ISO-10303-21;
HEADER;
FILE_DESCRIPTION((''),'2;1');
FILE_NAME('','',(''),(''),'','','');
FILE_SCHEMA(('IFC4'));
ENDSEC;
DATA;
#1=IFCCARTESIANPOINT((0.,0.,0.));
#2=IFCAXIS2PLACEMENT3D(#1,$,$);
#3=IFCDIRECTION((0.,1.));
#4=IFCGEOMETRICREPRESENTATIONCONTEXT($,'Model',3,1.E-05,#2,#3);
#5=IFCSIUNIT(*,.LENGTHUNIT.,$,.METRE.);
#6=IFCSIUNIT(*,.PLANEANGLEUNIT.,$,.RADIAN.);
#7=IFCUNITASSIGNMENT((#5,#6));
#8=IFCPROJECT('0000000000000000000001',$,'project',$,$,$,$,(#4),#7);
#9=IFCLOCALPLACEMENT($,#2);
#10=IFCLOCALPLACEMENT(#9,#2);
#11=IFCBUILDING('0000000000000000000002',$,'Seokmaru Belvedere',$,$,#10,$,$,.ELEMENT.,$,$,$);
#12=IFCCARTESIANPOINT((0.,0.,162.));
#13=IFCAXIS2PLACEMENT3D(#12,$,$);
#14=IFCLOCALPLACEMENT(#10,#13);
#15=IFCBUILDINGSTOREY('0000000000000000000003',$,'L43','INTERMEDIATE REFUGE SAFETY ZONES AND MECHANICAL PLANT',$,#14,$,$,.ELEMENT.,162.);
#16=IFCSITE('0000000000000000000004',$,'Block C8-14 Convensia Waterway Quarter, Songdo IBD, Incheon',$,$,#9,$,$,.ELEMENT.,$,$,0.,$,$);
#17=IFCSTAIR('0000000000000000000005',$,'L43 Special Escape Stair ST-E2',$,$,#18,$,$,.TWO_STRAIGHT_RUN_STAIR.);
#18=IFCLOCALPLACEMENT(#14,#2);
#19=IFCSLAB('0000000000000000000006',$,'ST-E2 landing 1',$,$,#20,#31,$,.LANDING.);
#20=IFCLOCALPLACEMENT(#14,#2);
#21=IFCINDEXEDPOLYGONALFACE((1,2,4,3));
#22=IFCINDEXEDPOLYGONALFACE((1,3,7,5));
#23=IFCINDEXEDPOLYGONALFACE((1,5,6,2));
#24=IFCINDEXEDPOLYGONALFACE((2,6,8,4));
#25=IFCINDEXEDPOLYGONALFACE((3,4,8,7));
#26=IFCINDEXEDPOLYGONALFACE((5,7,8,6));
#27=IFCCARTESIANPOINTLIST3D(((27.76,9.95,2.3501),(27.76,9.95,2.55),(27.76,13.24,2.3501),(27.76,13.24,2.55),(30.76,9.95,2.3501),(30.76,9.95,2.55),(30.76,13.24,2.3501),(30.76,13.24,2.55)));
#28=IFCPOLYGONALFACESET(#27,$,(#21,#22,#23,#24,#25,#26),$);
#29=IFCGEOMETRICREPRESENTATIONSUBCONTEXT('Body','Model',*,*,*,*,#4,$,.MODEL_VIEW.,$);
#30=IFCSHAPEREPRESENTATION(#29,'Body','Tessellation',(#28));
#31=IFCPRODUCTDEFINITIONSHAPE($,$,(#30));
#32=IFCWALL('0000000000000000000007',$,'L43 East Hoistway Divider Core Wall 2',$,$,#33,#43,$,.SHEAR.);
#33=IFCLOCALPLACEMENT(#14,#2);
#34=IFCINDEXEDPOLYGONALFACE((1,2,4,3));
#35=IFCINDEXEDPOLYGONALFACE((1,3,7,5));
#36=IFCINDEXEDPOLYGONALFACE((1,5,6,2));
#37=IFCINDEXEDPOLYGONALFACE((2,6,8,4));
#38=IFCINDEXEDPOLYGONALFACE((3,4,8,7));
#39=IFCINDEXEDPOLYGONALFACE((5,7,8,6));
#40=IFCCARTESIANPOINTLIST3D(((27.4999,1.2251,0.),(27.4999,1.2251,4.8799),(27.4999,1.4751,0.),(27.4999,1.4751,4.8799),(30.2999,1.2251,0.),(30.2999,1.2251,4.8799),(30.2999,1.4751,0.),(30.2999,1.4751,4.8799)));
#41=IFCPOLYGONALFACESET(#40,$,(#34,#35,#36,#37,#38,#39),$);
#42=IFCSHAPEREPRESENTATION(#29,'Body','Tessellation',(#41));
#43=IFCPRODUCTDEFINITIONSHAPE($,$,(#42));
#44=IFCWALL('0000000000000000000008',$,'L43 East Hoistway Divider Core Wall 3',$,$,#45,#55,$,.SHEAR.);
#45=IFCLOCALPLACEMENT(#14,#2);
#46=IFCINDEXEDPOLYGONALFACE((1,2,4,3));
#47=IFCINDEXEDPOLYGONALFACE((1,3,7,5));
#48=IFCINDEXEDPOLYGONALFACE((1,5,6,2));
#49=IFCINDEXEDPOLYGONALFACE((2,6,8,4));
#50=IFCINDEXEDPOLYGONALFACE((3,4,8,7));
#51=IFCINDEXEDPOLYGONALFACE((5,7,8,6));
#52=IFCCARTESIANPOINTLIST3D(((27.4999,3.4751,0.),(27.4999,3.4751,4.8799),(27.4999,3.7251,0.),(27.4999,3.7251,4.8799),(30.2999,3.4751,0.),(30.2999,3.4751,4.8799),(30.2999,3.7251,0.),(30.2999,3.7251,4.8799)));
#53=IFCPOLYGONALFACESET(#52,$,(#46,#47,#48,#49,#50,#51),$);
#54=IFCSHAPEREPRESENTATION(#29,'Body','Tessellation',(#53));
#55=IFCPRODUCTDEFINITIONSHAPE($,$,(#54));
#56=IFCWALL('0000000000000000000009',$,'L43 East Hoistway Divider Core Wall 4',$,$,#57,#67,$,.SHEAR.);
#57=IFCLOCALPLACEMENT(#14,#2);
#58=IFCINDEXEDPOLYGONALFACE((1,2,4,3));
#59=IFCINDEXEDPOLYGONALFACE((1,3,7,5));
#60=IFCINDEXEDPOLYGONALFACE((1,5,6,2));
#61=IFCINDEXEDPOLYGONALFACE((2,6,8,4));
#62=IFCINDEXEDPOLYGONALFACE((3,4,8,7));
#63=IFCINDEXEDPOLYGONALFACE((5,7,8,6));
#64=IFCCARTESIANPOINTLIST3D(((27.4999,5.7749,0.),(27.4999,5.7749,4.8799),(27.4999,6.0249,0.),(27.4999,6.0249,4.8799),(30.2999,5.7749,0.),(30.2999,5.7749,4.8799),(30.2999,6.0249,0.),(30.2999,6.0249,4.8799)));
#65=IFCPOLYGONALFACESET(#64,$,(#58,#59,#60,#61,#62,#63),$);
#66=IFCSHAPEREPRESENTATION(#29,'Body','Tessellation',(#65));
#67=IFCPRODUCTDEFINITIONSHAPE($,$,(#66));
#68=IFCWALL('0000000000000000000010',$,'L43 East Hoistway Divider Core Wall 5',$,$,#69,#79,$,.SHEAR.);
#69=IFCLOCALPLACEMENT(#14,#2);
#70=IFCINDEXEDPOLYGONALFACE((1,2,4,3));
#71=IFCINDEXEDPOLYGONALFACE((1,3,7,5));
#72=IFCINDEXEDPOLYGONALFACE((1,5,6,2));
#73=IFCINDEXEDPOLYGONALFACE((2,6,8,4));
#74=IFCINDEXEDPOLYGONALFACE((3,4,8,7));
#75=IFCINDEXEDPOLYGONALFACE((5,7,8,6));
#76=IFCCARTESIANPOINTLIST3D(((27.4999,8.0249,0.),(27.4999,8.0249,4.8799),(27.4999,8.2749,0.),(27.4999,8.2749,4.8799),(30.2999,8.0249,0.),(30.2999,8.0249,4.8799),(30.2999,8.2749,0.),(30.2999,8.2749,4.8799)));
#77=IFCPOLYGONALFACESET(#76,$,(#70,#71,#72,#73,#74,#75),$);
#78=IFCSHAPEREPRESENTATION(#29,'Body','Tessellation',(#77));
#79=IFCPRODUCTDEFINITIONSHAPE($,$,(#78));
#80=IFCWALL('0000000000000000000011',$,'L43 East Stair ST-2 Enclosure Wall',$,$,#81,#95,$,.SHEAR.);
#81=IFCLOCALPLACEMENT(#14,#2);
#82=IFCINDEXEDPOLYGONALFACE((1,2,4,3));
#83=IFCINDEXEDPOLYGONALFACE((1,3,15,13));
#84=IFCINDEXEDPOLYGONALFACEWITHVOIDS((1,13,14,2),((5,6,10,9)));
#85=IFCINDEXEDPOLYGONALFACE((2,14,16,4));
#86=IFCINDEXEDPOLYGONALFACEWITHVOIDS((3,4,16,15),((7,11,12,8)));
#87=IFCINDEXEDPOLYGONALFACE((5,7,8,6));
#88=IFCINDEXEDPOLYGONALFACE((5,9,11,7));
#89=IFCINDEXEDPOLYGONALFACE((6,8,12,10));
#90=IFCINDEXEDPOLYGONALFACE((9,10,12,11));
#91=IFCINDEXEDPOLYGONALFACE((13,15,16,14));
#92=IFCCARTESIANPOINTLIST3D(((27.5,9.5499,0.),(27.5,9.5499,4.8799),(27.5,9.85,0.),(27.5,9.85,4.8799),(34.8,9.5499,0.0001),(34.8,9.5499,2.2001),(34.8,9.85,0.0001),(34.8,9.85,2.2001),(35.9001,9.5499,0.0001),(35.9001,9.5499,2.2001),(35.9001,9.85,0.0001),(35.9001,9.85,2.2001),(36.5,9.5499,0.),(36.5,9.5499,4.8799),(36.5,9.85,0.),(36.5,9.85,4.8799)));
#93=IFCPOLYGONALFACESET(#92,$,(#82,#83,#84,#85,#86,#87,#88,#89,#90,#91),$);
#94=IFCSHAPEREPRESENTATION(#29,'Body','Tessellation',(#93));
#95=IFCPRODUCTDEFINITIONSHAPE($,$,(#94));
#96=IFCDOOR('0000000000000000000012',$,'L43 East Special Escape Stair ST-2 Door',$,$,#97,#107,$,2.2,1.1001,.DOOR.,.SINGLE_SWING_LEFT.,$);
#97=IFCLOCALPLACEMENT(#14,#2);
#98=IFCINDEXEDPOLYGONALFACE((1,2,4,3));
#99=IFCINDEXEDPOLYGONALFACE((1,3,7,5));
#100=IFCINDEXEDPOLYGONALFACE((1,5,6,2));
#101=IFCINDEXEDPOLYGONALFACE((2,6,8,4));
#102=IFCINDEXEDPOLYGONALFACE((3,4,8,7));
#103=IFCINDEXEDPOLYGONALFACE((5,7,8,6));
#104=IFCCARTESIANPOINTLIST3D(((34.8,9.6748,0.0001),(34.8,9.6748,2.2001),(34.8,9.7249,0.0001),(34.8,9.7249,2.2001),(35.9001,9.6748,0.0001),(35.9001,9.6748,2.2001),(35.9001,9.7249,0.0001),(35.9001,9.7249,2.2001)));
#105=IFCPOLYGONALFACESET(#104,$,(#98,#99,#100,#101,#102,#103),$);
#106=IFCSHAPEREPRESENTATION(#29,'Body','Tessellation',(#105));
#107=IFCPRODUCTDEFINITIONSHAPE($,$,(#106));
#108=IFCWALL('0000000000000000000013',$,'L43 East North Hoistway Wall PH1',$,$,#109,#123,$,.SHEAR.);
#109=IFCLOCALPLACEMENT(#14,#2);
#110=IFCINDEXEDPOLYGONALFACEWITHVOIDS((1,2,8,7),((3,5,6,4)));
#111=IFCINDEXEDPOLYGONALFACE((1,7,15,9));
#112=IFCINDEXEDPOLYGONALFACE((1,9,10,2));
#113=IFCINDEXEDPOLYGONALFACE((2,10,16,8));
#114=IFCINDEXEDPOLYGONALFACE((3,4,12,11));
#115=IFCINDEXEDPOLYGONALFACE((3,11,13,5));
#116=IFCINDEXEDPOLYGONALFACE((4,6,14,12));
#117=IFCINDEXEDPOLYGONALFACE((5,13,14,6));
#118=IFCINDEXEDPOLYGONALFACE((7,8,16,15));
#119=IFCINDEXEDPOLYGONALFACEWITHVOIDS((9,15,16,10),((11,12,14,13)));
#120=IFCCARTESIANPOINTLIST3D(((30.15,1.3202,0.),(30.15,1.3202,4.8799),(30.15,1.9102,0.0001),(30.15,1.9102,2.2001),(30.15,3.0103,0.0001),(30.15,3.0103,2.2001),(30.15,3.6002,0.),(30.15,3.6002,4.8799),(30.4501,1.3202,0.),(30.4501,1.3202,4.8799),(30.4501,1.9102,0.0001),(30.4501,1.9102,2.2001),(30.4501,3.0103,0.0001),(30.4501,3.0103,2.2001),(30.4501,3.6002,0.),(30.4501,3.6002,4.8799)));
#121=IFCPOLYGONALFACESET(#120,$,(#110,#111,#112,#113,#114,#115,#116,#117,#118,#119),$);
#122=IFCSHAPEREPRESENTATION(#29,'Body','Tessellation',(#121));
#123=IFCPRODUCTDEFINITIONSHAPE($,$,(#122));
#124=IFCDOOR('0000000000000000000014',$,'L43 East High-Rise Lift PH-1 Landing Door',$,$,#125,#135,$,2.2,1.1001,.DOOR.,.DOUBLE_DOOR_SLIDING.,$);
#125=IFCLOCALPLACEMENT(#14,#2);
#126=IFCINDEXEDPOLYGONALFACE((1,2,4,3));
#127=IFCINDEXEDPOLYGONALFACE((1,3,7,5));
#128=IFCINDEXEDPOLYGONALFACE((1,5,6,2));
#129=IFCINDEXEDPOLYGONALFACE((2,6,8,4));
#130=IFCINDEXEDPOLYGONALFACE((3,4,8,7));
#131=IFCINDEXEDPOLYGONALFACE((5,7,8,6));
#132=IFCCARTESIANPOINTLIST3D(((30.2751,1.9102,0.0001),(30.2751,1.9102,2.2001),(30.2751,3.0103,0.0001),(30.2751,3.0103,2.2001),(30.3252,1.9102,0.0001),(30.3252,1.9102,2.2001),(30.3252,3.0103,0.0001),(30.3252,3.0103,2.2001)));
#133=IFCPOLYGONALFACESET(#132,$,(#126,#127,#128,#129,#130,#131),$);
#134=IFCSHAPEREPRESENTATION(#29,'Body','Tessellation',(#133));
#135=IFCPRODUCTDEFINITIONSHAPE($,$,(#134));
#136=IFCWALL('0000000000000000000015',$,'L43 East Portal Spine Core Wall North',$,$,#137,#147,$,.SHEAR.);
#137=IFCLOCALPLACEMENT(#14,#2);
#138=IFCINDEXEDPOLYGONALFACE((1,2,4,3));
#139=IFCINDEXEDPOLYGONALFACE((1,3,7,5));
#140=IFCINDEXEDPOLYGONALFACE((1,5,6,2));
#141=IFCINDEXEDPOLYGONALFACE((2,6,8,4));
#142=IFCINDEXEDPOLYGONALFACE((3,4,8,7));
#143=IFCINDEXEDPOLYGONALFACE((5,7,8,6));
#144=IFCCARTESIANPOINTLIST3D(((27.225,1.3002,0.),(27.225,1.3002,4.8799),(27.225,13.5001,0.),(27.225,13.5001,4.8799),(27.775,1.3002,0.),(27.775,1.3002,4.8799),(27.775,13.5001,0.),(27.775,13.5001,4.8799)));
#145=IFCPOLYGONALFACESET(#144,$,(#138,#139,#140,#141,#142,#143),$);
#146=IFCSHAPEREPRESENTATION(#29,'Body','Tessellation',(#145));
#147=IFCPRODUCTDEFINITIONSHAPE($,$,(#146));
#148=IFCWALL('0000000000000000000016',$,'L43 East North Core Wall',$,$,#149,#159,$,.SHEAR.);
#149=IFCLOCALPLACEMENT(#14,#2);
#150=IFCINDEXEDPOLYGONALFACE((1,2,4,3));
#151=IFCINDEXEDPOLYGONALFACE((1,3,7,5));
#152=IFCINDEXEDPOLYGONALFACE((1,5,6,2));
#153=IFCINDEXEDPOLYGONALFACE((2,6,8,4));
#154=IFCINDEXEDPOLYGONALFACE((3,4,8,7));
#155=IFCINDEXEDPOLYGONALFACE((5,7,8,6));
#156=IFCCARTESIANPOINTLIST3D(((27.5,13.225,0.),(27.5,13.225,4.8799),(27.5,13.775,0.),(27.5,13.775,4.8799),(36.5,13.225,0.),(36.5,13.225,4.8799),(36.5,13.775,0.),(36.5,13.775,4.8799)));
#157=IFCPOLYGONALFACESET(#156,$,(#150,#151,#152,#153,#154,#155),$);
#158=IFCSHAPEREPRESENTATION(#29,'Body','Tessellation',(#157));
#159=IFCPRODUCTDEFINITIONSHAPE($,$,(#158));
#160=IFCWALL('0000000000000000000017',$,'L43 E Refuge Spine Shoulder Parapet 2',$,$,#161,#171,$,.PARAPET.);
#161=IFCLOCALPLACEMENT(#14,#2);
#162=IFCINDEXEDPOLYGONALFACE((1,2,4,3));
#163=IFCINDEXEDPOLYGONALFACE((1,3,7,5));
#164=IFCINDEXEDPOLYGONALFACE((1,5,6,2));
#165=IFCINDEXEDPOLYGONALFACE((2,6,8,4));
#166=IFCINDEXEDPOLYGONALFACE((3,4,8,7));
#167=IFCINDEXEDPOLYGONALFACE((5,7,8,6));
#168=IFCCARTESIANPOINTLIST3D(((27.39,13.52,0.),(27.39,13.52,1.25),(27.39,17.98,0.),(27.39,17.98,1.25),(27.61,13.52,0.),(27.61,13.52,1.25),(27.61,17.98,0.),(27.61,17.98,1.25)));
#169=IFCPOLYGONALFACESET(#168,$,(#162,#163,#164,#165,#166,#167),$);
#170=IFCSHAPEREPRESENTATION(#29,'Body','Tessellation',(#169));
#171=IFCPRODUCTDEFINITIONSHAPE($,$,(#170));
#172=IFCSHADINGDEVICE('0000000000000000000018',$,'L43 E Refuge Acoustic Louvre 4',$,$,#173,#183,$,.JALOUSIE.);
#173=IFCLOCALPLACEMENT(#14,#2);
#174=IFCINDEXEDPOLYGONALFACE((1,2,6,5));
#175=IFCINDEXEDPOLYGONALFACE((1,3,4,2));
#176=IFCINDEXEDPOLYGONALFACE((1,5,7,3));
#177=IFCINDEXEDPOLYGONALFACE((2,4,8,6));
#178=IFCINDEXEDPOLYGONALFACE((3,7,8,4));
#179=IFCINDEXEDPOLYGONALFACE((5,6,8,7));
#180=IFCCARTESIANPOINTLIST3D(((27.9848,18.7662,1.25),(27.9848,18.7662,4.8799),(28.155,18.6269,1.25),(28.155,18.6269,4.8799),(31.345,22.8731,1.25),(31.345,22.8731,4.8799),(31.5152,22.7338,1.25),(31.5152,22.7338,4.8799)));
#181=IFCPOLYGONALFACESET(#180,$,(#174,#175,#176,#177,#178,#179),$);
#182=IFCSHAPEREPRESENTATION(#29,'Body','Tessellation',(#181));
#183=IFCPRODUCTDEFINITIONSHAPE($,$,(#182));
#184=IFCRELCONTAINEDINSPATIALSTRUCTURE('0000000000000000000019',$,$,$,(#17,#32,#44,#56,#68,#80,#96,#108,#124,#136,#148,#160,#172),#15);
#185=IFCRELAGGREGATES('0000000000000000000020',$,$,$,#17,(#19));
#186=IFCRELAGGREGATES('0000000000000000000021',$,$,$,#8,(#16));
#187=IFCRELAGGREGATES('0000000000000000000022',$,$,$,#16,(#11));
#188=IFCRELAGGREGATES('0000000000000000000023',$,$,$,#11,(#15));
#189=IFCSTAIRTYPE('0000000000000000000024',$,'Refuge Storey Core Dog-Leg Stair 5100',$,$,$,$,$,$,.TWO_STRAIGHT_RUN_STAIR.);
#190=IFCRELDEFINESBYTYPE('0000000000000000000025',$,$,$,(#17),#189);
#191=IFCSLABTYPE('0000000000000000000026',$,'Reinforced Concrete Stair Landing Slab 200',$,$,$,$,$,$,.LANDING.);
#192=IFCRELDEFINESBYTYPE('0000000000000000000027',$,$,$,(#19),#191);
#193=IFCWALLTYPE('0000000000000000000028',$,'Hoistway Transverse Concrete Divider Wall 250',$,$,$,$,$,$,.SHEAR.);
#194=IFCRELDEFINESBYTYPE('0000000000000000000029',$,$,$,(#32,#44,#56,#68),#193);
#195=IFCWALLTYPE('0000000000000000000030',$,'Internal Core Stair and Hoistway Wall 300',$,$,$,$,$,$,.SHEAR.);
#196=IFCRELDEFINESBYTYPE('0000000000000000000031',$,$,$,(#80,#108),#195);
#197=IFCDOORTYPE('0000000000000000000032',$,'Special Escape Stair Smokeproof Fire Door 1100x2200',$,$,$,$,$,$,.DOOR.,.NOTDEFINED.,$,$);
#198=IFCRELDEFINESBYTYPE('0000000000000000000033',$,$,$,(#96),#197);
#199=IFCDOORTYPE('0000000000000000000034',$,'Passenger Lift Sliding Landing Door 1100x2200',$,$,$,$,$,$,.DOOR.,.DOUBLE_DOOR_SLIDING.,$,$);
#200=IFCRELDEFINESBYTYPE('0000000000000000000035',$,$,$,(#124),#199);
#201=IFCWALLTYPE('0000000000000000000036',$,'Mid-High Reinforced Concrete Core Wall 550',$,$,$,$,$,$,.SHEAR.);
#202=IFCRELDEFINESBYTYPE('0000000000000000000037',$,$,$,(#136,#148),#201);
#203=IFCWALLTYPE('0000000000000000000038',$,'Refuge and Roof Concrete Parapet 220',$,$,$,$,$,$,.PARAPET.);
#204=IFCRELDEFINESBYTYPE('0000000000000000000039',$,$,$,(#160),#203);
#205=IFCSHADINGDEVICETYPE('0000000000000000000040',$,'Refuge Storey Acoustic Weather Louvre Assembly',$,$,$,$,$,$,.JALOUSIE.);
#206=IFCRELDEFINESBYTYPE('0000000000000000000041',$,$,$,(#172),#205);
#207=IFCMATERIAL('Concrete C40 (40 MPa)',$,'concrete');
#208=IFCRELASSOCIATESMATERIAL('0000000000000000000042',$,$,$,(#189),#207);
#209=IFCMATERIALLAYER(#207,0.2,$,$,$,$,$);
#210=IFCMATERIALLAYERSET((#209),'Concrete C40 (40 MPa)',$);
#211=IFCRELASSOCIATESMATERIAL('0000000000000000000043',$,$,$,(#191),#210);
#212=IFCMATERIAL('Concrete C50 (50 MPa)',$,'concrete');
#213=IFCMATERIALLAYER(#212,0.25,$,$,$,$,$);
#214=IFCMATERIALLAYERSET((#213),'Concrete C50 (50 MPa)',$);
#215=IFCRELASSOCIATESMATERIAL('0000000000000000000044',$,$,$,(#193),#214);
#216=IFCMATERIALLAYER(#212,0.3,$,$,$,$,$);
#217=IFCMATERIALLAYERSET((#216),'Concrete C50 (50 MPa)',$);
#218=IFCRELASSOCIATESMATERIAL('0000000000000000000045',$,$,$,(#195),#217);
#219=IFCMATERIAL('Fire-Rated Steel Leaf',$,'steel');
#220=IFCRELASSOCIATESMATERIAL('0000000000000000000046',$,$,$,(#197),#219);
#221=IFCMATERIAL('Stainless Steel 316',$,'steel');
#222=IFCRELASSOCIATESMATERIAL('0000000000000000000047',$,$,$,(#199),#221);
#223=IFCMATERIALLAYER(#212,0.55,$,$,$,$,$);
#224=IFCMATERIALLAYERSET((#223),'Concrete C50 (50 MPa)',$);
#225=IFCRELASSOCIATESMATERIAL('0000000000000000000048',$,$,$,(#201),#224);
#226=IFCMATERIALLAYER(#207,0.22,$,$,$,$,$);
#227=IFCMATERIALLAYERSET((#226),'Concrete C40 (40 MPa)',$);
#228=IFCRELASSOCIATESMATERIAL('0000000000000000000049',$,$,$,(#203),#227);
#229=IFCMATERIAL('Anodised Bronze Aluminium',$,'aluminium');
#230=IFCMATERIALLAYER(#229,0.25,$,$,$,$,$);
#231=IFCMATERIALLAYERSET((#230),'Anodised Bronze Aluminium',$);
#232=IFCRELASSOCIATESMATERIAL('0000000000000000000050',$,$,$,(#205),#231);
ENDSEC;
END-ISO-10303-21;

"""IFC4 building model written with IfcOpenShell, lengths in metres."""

from ifc_helpers import new_model, si_unit, direction, frame, frame_2d, origin, origin_2d, place, context, subcontext, project, spatial, polyline, rectangle, outline, extrude, source, transform, mapped, material, layer, layer_set, type_object, type_shapes, element, fill, aggregate, save


model = new_model("IFC4")

# Units and contexts
model_context = context("Model", 3, precision=1e-05, world=origin(), true_north=direction((0.0, 1.0)))
body_context = subcontext(model_context, "Body", "Model", "MODEL_VIEW")
ifc_project = project(units=[si_unit("LENGTHUNIT", "METRE"), si_unit("PLANEANGLEUNIT", "RADIAN")], contexts=[model_context])

# Site, building, storey
site_placement = place(None, origin())
site = spatial("IfcSite", under=ifc_project, at=site_placement, Name="Block C8-14 Convensia Waterway Quarter, Songdo IBD, Incheon", CompositionType="ELEMENT", RefElevation=0.0)
building_placement = place(site_placement, origin())
building = spatial("IfcBuilding", under=site, at=building_placement, Name="Seokmaru Belvedere", CompositionType="ELEMENT")
storey_placement = place(building_placement, frame((0.0, 0.0, 162.0)))
storey = spatial("IfcBuildingStorey", under=building, at=storey_placement, Name="L43", Description="INTERMEDIATE REFUGE SAFETY ZONES AND MECHANICAL PLANT", CompositionType="ELEMENT", Elevation=162.0)

# Stair, slab
ifc_material_1 = material(Name="Concrete C40 (40 MPa)", Category="concrete")
stair_type = type_object("IfcStairType", Name="Refuge Storey Core Dog-Leg Stair 5100", PredefinedType="TWO_STRAIGHT_RUN_STAIR", material=ifc_material_1)
stair_placement = place(storey_placement, origin())
stair = element("IfcStair", 1, at=stair_placement, inside=storey, type_object=stair_type, Name="L43 Special Escape Stair ST-E2", PredefinedType="TWO_STRAIGHT_RUN_STAIR")
ifc_layer_1 = layer(ifc_material_1, 0.2)
ifc_layer_set_1 = layer_set([ifc_layer_1], Name="Concrete C40 (40 MPa)")
slab_type = type_object("IfcSlabType", Name="Reinforced Concrete Stair Landing Slab 200", PredefinedType="LANDING", material=ifc_layer_set_1)
slab_placement = place(storey_placement, frame((0.0, 0.0, 2.3501)))
slab = element("IfcSlab", 2, at=slab_placement, type_object=slab_type, Name="ST-E2 landing 1", PredefinedType="LANDING", context=body_context, shape_type="SweptSolid", body=[
    extrude(outline(polyline([(27.76, 9.95), (30.76, 9.95), (30.76, 13.24), (27.76, 13.24), (27.76, 9.95)])), origin(), (0.0, 0.0, 1.0), 0.2),
])
aggregate(stair, [slab])

# Walls
ifc_material_2 = material(Name="Concrete C50 (50 MPa)", Category="concrete")
ifc_layer_2 = layer(ifc_material_2, 0.25)
ifc_layer_set_2 = layer_set([ifc_layer_2], Name="Concrete C50 (50 MPa)")
wall_type_1 = type_object("IfcWallType", Name="Hoistway Transverse Concrete Divider Wall 250", PredefinedType="SHEAR", material=ifc_layer_set_2)
for number, where, z_axis, x_axis, name in (
    (3, (27.5, 1.3501, 0.0), (0.0, 0.0, 1.0), (1.0, 0.0, 0.0), "L43 East Hoistway Divider Core Wall 2"),
    (4, (27.5, 3.6001, 0.0), (0.0, 0.0, 1.0), (1.0, 0.0, 0.0), "L43 East Hoistway Divider Core Wall 3"),
    (5, (27.5, 5.8999, 0.0), (0.0, 0.0, 1.0), (1.0, 0.0, 0.0), "L43 East Hoistway Divider Core Wall 4"),
    (6, (27.5, 8.1499, 0.0), (0.0, 0.0, 1.0), (1.0, 0.0, 0.0), "L43 East Hoistway Divider Core Wall 5"),
):
    element("IfcWall", number, at=place(storey_placement, frame(where, z_axis=z_axis, x_axis=x_axis)), inside=storey, type_object=wall_type_1, Name=name, PredefinedType="SHEAR", context=body_context, shape_type="SweptSolid", body=[
        extrude(rectangle(XDim=2.8, YDim=0.25, at=frame_2d((1.3999, 0.0))), origin(), (0.0, 0.0, 1.0), 4.8799),
    ])

# Walls, openings, doors
ifc_layer_3 = layer(ifc_material_2, 0.3)
ifc_layer_set_3 = layer_set([ifc_layer_3], Name="Concrete C50 (50 MPa)")
wall_type_2 = type_object("IfcWallType", Name="Internal Core Stair and Hoistway Wall 300", PredefinedType="SHEAR", material=ifc_layer_set_3)
wall_1_placement = place(storey_placement, frame((27.5, 9.7, 0.0), z_axis=(0.0, 0.0, 1.0), x_axis=(1.0, 0.0, 0.0)))
wall_1 = element("IfcWall", 7, at=wall_1_placement, inside=storey, type_object=wall_type_2, Name="L43 East Stair ST-2 Enclosure Wall", PredefinedType="SHEAR", context=body_context, shape_type="SweptSolid", body=[
    extrude(rectangle(XDim=9.0, YDim=0.3, at=frame_2d((4.5, 0.0))), origin(), (0.0, 0.0, 1.0), 4.8799),
])
opening_1_placement = place(wall_1_placement, frame((7.3, 0.0, 0.0)))
opening_1 = element("IfcOpeningElement", 8, at=opening_1_placement, cuts=wall_1, PredefinedType="OPENING", context=body_context, shape_type="SweptSolid", body=[
    extrude(rectangle(XDim=1.1001, YDim=2.2, at=frame_2d((0.55, 1.1001))), frame((0.0, 0.1602, 0.0), z_axis=(0.0, -1.0, 0.0), x_axis=(1.0, 0.0, 0.0)), (0.0, 0.0, 1.0), 0.3201),
])
ifc_material_3 = material(Name="Fire-Rated Steel Leaf", Category="steel")
door_type_1 = type_object("IfcDoorType", Name="Special Escape Stair Smokeproof Fire Door 1100x2200", OperationType="NOTDEFINED", PredefinedType="DOOR", material=ifc_material_3)
shared_shape_1 = source(origin(), body_context, "Body", "SweptSolid", [
    extrude(rectangle(XDim=1.1001, YDim=2.2, at=frame_2d((0.55, 1.1001))), frame((0.0, 0.0249, 0.0), z_axis=(0.0, -1.0, 0.0), x_axis=(1.0, 0.0, 0.0)), (0.0, 0.0, 1.0), 0.05),
])
type_shapes(door_type_1, [shared_shape_1])
door_1_placement = place(opening_1_placement, origin())
door_1 = element("IfcDoor", 9, at=door_1_placement, inside=storey, type_object=door_type_1, Name="L43 East Special Escape Stair ST-2 Door", OperationType="SINGLE_SWING_LEFT", OverallHeight=2.2, OverallWidth=1.1001, PredefinedType="DOOR", context=body_context, shape_type="MappedRepresentation", body=[
    mapped(shared_shape_1, transform((0.0, 0.0, 0.0), scale=1.0)),
])
fill(opening_1, door_1)
wall_2_placement = place(storey_placement, frame((30.3, 1.3201, 0.0), z_axis=(0.0, 0.0, 1.0), x_axis=(0.0, 1.0, 0.0)))
wall_2 = element("IfcWall", 10, at=wall_2_placement, inside=storey, type_object=wall_type_2, Name="L43 East North Hoistway Wall PH1", PredefinedType="SHEAR", context=body_context, shape_type="SweptSolid", body=[
    extrude(rectangle(XDim=2.28, YDim=0.3, at=frame_2d((1.1401, 0.0))), origin(), (0.0, 0.0, 1.0), 4.8799),
])
opening_2_placement = place(wall_2_placement, frame((0.5901, 0.0, 0.0)))
opening_2 = element("IfcOpeningElement", 11, at=opening_2_placement, cuts=wall_2, PredefinedType="OPENING", context=body_context, shape_type="SweptSolid", body=[
    extrude(rectangle(XDim=1.1001, YDim=2.2, at=frame_2d((0.55, 1.1001))), frame((0.0, 0.1602, 0.0), z_axis=(0.0, -1.0, 0.0), x_axis=(1.0, 0.0, 0.0)), (0.0, 0.0, 1.0), 0.3201),
])
ifc_material_4 = material(Name="Stainless Steel 316", Category="steel")
door_type_2 = type_object("IfcDoorType", Name="Passenger Lift Sliding Landing Door 1100x2200", OperationType="DOUBLE_DOOR_SLIDING", PredefinedType="DOOR", material=ifc_material_4)
shared_shape_2 = source(origin(), body_context, "Body", "SweptSolid", [
    extrude(rectangle(XDim=1.1001, YDim=2.2, at=frame_2d((0.55, 1.1001))), frame((0.0, 0.0249, 0.0), z_axis=(0.0, -1.0, 0.0), x_axis=(1.0, 0.0, 0.0)), (0.0, 0.0, 1.0), 0.05),
])
type_shapes(door_type_2, [shared_shape_2])
door_2_placement = place(opening_2_placement, origin())
door_2 = element("IfcDoor", 12, at=door_2_placement, inside=storey, type_object=door_type_2, Name="L43 East High-Rise Lift PH-1 Landing Door", OperationType="DOUBLE_DOOR_SLIDING", OverallHeight=2.2, OverallWidth=1.1001, PredefinedType="DOOR", context=body_context, shape_type="MappedRepresentation", body=[
    mapped(shared_shape_2, transform((0.0, 0.0, 0.0), scale=1.0)),
])
fill(opening_2, door_2)

# Walls
ifc_layer_4 = layer(ifc_material_2, 0.55)
ifc_layer_set_4 = layer_set([ifc_layer_4], Name="Concrete C50 (50 MPa)")
wall_type_3 = type_object("IfcWallType", Name="Mid-High Reinforced Concrete Core Wall 550", PredefinedType="SHEAR", material=ifc_layer_set_4)
wall_3_placement = place(storey_placement, frame((27.5, 1.3, 0.0), z_axis=(0.0, 0.0, 1.0), x_axis=(0.0, 1.0, 0.0)))
element("IfcWall", 13, at=wall_3_placement, inside=storey, type_object=wall_type_3, Name="L43 East Portal Spine Core Wall North", PredefinedType="SHEAR", context=body_context, shape_type="SweptSolid", body=[
    extrude(rectangle(XDim=12.2, YDim=0.55, at=frame_2d((6.1001, 0.0))), origin(), (0.0, 0.0, 1.0), 4.8799),
])
wall_4_placement = place(storey_placement, frame((27.5, 13.5, 0.0), z_axis=(0.0, 0.0, 1.0), x_axis=(1.0, 0.0, 0.0)))
element("IfcWall", 14, at=wall_4_placement, inside=storey, type_object=wall_type_3, Name="L43 East North Core Wall", PredefinedType="SHEAR", context=body_context, shape_type="SweptSolid", body=[
    extrude(rectangle(XDim=9.0, YDim=0.55, at=frame_2d((4.5, 0.0))), origin(), (0.0, 0.0, 1.0), 4.8799),
])
ifc_layer_5 = layer(ifc_material_1, 0.22)
ifc_layer_set_5 = layer_set([ifc_layer_5], Name="Concrete C40 (40 MPa)")
wall_type_4 = type_object("IfcWallType", Name="Refuge and Roof Concrete Parapet 220", PredefinedType="PARAPET", material=ifc_layer_set_5)
wall_5_placement = place(storey_placement, frame((27.5, 13.52, 0.0), z_axis=(0.0, 0.0, 1.0), x_axis=(0.0, 1.0, 0.0)))
element("IfcWall", 15, at=wall_5_placement, inside=storey, type_object=wall_type_4, Name="L43 E Refuge Spine Shoulder Parapet 2", PredefinedType="PARAPET", context=body_context, shape_type="SweptSolid", body=[
    extrude(rectangle(XDim=4.46, YDim=0.22, at=frame_2d((2.23, 0.0))), origin(), (0.0, 0.0, 1.0), 1.25),
])

# Shading device
ifc_material_5 = material(Name="Anodised Bronze Aluminium", Category="aluminium")
ifc_layer_6 = layer(ifc_material_5, 0.25)
ifc_layer_set_6 = layer_set([ifc_layer_6], Name="Anodised Bronze Aluminium")
shading_device_type = type_object("IfcShadingDeviceType", Name="Refuge Storey Acoustic Weather Louvre Assembly", PredefinedType="JALOUSIE", material=ifc_layer_set_6)
shared_shape_3 = source(origin(), body_context, "Body", "SweptSolid", [
    extrude(rectangle(XDim=5.3064, YDim=0.22, at=origin_2d()), origin(), (0.0, 0.0, 1.0), 3.6299),
])
type_shapes(shading_device_type, [shared_shape_3])
shading_device_placement = place(storey_placement, frame((29.75, 20.75, 1.25), z_axis=(0.0, 0.0, 1.0), x_axis=(-0.633238, -0.773957, 0.0)))
element("IfcShadingDevice", 16, at=shading_device_placement, inside=storey, type_object=shading_device_type, Name="L43 E Refuge Acoustic Louvre 4", PredefinedType="JALOUSIE", context=body_context, shape_type="MappedRepresentation", body=[
    mapped(shared_shape_3, transform((0.0, 0.0, 0.0), scale=1.0)),
])

save(model, "model.ifc")
